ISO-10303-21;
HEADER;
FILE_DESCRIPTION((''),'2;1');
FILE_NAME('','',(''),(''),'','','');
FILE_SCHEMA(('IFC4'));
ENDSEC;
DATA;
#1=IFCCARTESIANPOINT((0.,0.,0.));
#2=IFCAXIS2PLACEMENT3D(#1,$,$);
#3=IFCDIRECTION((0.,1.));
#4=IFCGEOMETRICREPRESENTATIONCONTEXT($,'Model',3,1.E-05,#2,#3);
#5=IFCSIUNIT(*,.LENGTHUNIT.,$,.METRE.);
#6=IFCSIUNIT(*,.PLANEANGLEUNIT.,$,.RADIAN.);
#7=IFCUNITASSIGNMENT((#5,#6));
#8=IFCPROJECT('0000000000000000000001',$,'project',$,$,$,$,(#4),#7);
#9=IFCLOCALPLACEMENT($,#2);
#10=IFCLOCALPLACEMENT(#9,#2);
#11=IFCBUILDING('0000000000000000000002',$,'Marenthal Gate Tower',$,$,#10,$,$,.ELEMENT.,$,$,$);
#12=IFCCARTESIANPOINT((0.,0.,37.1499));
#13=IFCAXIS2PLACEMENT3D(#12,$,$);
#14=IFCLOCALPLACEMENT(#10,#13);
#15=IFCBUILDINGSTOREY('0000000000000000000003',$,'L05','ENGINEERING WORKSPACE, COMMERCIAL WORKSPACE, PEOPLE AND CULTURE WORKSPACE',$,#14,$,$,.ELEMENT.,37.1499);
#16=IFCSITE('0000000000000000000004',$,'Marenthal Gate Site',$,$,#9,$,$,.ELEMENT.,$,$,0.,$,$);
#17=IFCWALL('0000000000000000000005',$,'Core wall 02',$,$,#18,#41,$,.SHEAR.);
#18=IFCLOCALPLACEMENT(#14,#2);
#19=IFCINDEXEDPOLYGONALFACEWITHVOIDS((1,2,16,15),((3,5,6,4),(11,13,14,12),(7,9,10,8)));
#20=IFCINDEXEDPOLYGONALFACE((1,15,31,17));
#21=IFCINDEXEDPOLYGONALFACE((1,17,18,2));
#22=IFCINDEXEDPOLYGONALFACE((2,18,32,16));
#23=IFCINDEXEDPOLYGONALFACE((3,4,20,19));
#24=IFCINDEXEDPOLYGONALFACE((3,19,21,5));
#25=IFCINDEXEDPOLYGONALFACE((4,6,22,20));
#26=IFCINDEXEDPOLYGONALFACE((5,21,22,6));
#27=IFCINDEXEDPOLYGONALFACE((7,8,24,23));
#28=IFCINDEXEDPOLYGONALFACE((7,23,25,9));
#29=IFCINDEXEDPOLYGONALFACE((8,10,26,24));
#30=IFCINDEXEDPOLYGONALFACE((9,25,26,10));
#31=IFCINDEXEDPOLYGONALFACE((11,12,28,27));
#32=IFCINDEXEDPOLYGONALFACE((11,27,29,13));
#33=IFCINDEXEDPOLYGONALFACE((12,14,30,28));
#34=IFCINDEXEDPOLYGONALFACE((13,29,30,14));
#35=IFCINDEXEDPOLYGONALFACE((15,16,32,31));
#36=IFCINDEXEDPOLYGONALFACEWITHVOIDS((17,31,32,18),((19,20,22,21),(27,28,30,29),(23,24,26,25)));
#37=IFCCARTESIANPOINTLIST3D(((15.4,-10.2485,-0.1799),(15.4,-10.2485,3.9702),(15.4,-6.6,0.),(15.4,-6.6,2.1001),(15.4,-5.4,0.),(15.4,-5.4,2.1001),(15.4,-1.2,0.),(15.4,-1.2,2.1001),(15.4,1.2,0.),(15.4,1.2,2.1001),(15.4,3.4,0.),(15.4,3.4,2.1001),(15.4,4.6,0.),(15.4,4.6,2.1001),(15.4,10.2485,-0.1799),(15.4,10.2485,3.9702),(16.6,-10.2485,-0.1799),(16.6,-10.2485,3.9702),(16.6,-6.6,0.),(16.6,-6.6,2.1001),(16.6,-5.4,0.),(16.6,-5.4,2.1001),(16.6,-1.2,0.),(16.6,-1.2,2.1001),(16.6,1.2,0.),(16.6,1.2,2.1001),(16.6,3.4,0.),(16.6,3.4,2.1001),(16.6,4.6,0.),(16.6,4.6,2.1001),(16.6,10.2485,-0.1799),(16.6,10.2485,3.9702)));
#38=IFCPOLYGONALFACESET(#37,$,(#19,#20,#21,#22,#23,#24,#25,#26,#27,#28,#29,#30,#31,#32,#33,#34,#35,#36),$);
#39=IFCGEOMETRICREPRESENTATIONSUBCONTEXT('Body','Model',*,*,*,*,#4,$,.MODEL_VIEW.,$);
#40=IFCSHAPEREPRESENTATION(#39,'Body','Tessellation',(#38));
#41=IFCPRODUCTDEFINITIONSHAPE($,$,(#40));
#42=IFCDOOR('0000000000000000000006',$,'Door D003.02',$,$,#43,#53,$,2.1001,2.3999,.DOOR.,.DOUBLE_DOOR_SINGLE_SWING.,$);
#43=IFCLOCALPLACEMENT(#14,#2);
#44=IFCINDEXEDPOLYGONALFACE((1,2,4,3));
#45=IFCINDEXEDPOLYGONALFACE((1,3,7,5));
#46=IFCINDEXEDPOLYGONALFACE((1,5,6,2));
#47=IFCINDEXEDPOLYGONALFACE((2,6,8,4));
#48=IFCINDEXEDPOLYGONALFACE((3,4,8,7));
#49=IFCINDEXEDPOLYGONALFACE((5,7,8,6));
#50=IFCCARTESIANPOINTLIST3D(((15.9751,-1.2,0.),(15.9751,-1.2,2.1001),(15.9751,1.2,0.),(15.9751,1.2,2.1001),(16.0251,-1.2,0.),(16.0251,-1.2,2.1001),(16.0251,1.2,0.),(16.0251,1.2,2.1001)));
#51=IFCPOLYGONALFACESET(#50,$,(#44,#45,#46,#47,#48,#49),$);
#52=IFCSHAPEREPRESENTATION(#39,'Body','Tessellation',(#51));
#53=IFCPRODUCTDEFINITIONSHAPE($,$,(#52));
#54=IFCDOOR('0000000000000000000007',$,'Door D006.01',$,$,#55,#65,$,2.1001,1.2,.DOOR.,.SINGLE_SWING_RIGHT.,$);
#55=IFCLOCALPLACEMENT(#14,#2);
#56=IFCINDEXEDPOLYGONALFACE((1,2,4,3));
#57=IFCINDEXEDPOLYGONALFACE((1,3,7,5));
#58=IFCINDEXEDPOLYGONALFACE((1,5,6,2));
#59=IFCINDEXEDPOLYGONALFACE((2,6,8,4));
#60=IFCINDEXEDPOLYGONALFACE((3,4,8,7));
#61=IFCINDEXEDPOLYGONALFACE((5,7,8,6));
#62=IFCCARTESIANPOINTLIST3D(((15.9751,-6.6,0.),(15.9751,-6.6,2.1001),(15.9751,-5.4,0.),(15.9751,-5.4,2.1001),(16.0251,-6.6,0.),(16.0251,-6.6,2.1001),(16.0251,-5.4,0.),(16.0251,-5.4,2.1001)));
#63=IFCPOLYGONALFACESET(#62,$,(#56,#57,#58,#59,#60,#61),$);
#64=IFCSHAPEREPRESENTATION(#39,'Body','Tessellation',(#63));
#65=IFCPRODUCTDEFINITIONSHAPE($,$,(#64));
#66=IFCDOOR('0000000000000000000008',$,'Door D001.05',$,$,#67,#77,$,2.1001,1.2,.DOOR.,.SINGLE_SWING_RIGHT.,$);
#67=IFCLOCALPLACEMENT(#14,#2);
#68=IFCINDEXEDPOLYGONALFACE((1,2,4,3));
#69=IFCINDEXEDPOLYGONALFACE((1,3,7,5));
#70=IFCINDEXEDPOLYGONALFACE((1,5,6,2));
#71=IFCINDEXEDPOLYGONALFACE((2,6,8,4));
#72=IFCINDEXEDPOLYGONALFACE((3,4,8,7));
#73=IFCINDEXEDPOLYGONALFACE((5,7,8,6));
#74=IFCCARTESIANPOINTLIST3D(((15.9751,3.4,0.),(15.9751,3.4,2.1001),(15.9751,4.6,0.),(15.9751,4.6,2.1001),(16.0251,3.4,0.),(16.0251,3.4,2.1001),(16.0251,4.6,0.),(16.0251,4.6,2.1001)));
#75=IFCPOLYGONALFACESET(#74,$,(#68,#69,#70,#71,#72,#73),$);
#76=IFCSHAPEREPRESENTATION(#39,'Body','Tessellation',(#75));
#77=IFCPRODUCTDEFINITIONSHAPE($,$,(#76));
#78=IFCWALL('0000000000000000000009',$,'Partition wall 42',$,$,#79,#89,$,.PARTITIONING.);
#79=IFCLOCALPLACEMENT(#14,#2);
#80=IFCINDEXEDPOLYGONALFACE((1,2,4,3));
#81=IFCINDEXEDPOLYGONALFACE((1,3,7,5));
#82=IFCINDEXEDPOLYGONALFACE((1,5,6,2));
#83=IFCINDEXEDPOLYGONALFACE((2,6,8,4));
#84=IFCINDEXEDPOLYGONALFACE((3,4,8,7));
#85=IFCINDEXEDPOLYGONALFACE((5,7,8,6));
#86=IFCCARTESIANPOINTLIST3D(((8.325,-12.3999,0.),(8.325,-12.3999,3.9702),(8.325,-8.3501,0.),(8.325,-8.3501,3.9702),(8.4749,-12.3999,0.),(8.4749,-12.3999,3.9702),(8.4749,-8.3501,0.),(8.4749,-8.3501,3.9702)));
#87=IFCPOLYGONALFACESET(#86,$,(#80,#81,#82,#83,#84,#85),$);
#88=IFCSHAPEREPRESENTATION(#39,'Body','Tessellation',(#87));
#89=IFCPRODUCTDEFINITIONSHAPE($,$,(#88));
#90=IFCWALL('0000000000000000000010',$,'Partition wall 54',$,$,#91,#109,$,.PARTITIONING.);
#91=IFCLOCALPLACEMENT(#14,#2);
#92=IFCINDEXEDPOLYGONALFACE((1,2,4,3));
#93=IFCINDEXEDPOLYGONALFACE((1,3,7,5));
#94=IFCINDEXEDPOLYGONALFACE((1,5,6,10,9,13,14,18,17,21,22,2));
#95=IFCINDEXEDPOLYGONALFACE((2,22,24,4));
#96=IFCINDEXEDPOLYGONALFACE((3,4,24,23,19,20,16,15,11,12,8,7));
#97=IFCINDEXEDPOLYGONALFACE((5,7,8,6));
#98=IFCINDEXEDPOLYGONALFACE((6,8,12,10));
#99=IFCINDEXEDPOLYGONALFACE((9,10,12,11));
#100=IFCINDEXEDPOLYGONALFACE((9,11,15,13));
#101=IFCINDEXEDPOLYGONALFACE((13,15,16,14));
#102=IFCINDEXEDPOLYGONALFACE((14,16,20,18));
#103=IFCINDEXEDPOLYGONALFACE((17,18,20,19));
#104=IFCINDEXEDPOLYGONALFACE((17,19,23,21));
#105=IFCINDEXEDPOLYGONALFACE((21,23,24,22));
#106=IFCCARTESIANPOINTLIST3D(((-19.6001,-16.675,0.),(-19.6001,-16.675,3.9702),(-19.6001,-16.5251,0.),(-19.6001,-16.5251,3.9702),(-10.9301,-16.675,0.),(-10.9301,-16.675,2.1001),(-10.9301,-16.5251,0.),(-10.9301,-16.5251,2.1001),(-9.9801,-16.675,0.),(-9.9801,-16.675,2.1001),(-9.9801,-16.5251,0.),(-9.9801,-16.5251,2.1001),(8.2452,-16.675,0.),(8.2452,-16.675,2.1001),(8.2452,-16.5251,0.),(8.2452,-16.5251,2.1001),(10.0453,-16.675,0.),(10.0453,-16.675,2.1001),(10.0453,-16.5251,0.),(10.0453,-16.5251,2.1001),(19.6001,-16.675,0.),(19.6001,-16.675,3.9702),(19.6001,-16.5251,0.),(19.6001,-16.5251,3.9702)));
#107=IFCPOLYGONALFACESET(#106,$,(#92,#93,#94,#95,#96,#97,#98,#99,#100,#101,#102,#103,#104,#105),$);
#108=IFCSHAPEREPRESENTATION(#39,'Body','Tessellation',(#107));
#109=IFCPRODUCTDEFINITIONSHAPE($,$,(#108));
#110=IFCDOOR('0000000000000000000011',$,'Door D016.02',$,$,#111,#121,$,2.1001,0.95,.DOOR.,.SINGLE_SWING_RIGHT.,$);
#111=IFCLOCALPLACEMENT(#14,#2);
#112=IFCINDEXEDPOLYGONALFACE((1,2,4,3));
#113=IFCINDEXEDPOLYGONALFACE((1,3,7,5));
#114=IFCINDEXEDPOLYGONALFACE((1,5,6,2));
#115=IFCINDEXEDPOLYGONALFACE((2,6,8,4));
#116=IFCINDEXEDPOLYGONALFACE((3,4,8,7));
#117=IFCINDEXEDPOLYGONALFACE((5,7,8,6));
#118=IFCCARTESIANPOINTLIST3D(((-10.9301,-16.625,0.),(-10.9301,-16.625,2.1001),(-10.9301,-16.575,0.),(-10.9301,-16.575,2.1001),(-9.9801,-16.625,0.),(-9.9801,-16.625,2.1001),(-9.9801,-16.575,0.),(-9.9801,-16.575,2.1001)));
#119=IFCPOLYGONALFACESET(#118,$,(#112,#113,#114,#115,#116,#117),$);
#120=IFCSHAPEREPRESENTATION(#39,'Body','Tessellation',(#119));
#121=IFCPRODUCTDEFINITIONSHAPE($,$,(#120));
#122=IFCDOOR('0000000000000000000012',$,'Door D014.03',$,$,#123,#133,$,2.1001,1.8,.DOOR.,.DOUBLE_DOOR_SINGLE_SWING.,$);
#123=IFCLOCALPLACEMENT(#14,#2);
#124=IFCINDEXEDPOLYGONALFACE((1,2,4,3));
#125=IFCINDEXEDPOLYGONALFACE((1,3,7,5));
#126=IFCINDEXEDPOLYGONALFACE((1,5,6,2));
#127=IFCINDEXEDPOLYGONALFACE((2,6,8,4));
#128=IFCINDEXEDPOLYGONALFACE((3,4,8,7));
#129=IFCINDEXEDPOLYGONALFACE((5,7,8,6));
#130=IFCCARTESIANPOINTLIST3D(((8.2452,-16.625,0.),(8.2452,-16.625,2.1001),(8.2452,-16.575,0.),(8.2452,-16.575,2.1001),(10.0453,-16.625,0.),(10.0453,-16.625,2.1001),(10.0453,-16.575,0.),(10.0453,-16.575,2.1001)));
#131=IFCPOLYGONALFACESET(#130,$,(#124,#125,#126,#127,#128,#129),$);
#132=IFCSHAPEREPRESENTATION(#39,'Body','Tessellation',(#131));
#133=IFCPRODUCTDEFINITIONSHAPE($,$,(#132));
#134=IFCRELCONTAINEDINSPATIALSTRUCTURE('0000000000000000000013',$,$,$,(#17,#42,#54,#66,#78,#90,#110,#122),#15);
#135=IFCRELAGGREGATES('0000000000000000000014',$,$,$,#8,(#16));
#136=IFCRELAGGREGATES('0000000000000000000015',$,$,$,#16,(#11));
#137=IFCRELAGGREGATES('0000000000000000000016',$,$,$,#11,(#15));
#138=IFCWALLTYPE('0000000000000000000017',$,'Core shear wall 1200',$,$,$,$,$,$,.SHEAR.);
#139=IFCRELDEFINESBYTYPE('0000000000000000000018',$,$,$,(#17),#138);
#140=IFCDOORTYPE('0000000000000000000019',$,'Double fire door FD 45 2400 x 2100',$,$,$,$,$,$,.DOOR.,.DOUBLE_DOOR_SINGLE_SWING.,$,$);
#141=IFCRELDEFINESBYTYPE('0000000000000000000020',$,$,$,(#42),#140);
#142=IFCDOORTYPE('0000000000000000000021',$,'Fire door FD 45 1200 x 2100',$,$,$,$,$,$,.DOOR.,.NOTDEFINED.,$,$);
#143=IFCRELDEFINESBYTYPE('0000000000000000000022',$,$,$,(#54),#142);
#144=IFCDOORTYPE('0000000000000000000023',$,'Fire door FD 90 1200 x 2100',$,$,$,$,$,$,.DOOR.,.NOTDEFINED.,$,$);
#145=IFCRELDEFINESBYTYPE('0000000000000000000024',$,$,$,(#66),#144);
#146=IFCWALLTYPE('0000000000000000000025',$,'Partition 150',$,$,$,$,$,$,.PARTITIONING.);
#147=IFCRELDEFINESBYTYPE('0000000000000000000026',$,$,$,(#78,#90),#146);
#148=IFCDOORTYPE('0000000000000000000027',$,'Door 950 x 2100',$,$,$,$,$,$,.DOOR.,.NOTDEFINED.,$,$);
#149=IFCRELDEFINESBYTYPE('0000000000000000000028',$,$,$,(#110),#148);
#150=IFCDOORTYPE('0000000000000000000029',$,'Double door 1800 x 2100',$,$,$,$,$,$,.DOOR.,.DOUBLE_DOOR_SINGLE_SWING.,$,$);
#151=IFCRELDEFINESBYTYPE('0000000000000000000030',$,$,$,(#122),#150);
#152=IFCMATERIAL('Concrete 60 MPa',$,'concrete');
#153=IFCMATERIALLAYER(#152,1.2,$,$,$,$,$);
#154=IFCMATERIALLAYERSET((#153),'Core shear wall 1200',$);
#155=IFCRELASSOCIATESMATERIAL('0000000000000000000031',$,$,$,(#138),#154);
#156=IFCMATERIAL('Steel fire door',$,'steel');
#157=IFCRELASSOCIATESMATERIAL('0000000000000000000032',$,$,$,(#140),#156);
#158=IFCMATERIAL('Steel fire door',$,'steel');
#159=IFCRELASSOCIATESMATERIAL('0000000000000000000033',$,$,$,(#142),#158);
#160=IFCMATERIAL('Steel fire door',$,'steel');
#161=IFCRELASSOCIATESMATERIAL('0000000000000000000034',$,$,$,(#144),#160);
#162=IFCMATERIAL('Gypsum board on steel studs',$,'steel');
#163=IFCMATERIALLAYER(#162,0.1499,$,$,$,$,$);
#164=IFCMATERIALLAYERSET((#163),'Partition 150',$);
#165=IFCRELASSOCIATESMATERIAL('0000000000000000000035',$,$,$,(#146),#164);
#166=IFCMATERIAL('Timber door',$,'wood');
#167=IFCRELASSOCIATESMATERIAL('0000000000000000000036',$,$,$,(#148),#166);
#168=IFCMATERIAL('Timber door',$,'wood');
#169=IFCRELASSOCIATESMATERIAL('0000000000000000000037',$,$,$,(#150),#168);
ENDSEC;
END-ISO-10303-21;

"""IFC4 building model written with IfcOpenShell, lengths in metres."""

from ifc_helpers import new_model, si_unit, direction, frame, frame_2d, origin, place, context, subcontext, project, spatial, rectangle, extrude, material, layer, layer_set, type_object, element, fill, save


model = new_model("IFC4")

# Units and contexts
model_context = context("Model", 3, precision=1e-05, world=origin(), true_north=direction((0.0, 1.0)))
body_context = subcontext(model_context, "Body", "Model", "MODEL_VIEW")
ifc_project = project(units=[si_unit("LENGTHUNIT", "METRE"), si_unit("PLANEANGLEUNIT", "RADIAN")], contexts=[model_context])

# Site, building, storey
site_placement = place(None, origin())
site = spatial("IfcSite", under=ifc_project, at=site_placement, Name="Marenthal Gate Site", CompositionType="ELEMENT", RefElevation=0.0)
building_placement = place(site_placement, origin())
building = spatial("IfcBuilding", under=site, at=building_placement, Name="Marenthal Gate Tower", CompositionType="ELEMENT")
storey_placement = place(building_placement, frame((0.0, 0.0, 37.1499)))
storey = spatial("IfcBuildingStorey", under=building, at=storey_placement, Name="L05", Description="ENGINEERING WORKSPACE, COMMERCIAL WORKSPACE, PEOPLE AND CULTURE WORKSPACE", CompositionType="ELEMENT", Elevation=37.1499)

# Shared definitions
ifc_material_1 = material(Name="Concrete 60 MPa", Category="concrete")
ifc_layer_1 = layer(ifc_material_1, 1.2)
ifc_layer_set_1 = layer_set([ifc_layer_1], Name="Core shear wall 1200")
wall_type_1 = type_object("IfcWallType", Name="Core shear wall 1200", PredefinedType="SHEAR", material=ifc_layer_set_1)

# Wall, openings, doors
wall_1_placement = place(storey_placement, frame((16.0, -10.2485, -0.1799), z_axis=(0.0, 0.0, 1.0), x_axis=(0.0, 1.0, 0.0)))
wall_1 = element("IfcWall", 1, at=wall_1_placement, inside=storey, type_object=wall_type_1, Name="Core wall 02", PredefinedType="SHEAR", context=body_context, shape_type="SweptSolid", body=[
    extrude(rectangle(XDim=20.4971, YDim=1.2, at=frame_2d((10.2485, 0.0))), origin(), (0.0, 0.0, 1.0), 4.1501),
])
opening_1_placement = place(wall_1_placement, frame((9.0486, 0.0, 0.1799)))
opening_1 = element("IfcOpeningElement", 2, at=opening_1_placement, cuts=wall_1, PredefinedType="OPENING", context=body_context, shape_type="SweptSolid", body=[
    extrude(rectangle(XDim=2.3999, YDim=2.1001, at=frame_2d((1.2, 1.05))), frame((0.0, 0.6099, 0.0), z_axis=(0.0, -1.0, 0.0), x_axis=(1.0, 0.0, 0.0)), (0.0, 0.0, 1.0), 1.22),
])
opening_2_placement = place(wall_1_placement, frame((13.6484, 0.0, 0.1799)))
opening_2 = element("IfcOpeningElement", 3, at=opening_2_placement, cuts=wall_1, PredefinedType="OPENING", context=body_context, shape_type="SweptSolid", body=[
    extrude(rectangle(XDim=1.2, YDim=2.1001, at=frame_2d((0.6001, 1.05))), frame((0.0, 0.6099, 0.0), z_axis=(0.0, -1.0, 0.0), x_axis=(1.0, 0.0, 0.0)), (0.0, 0.0, 1.0), 1.22),
])
opening_3_placement = place(wall_1_placement, frame((3.6484, 0.0, 0.1799)))
opening_3 = element("IfcOpeningElement", 4, at=opening_3_placement, cuts=wall_1, PredefinedType="OPENING", context=body_context, shape_type="SweptSolid", body=[
    extrude(rectangle(XDim=1.2, YDim=2.1001, at=frame_2d((0.6001, 1.05))), frame((0.0, 0.6099, 0.0), z_axis=(0.0, -1.0, 0.0), x_axis=(1.0, 0.0, 0.0)), (0.0, 0.0, 1.0), 1.22),
])
ifc_material_2 = material(Name="Steel fire door", Category="steel")
door_type_1 = type_object("IfcDoorType", Name="Double fire door FD 45 2400 x 2100", OperationType="DOUBLE_DOOR_SINGLE_SWING", PredefinedType="DOOR", material=ifc_material_2)
door_1_placement = place(opening_1_placement, origin())
door_1 = element("IfcDoor", 5, at=door_1_placement, inside=storey, type_object=door_type_1, Name="Door D003.02", OperationType="DOUBLE_DOOR_SINGLE_SWING", OverallHeight=2.1001, OverallWidth=2.3999, PredefinedType="DOOR", context=body_context, shape_type="SweptSolid", body=[
    extrude(rectangle(XDim=2.3999, YDim=2.1001, at=frame_2d((1.2, 1.05))), frame((0.0, 0.0249, 0.0), z_axis=(0.0, -1.0, 0.0), x_axis=(1.0, 0.0, 0.0)), (0.0, 0.0, 1.0), 0.05),
])
fill(opening_1, door_1)
ifc_material_3 = material(Name="Steel fire door", Category="steel")
door_type_2 = type_object("IfcDoorType", Name="Fire door FD 45 1200 x 2100", OperationType="NOTDEFINED", PredefinedType="DOOR", material=ifc_material_3)
door_2_placement = place(opening_3_placement, origin())
door_2 = element("IfcDoor", 6, at=door_2_placement, inside=storey, type_object=door_type_2, Name="Door D006.01", OperationType="SINGLE_SWING_RIGHT", OverallHeight=2.1001, OverallWidth=1.2, PredefinedType="DOOR", context=body_context, shape_type="SweptSolid", body=[
    extrude(rectangle(XDim=1.2, YDim=2.1001, at=frame_2d((0.6001, 1.05))), frame((0.0, 0.0249, 0.0), z_axis=(0.0, -1.0, 0.0), x_axis=(1.0, 0.0, 0.0)), (0.0, 0.0, 1.0), 0.05),
])
fill(opening_3, door_2)
ifc_material_4 = material(Name="Steel fire door", Category="steel")
door_type_3 = type_object("IfcDoorType", Name="Fire door FD 90 1200 x 2100", OperationType="NOTDEFINED", PredefinedType="DOOR", material=ifc_material_4)
door_3_placement = place(opening_2_placement, origin())
door_3 = element("IfcDoor", 7, at=door_3_placement, inside=storey, type_object=door_type_3, Name="Door D001.05", OperationType="SINGLE_SWING_RIGHT", OverallHeight=2.1001, OverallWidth=1.2, PredefinedType="DOOR", context=body_context, shape_type="SweptSolid", body=[
    extrude(rectangle(XDim=1.2, YDim=2.1001, at=frame_2d((0.6001, 1.05))), frame((0.0, 0.0249, 0.0), z_axis=(0.0, -1.0, 0.0), x_axis=(1.0, 0.0, 0.0)), (0.0, 0.0, 1.0), 0.05),
])
fill(opening_2, door_3)

# Wall
ifc_material_5 = material(Name="Gypsum board on steel studs", Category="steel")
ifc_layer_2 = layer(ifc_material_5, 0.1499)
ifc_layer_set_2 = layer_set([ifc_layer_2], Name="Partition 150")
wall_type_2 = type_object("IfcWallType", Name="Partition 150", PredefinedType="PARTITIONING", material=ifc_layer_set_2)
wall_2_placement = place(storey_placement, frame((8.3999, -12.3999, 0.0), z_axis=(0.0, 0.0, 1.0), x_axis=(0.0, 1.0, 0.0)))
element("IfcWall", 8, at=wall_2_placement, inside=storey, type_object=wall_type_2, Name="Partition wall 42", PredefinedType="PARTITIONING", context=body_context, shape_type="SweptSolid", body=[
    extrude(rectangle(XDim=4.0498, YDim=0.1499, at=frame_2d((2.0249, 0.0))), origin(), (0.0, 0.0, 1.0), 3.9702),
])

# Wall, openings, doors
wall_3_placement = place(storey_placement, frame((19.6001, -16.6001, 0.0), z_axis=(0.0, 0.0, 1.0), x_axis=(-1.0, 0.0, 0.0)))
wall_3 = element("IfcWall", 9, at=wall_3_placement, inside=storey, type_object=wall_type_2, Name="Partition wall 54", PredefinedType="PARTITIONING", context=body_context, shape_type="SweptSolid", body=[
    extrude(rectangle(XDim=39.2002, YDim=0.1499, at=frame_2d((19.6001, 0.0))), origin(), (0.0, 0.0, 1.0), 3.9702),
])
opening_4_placement = place(wall_3_placement, frame((29.5801, 0.0, 0.0)))
opening_4 = element("IfcOpeningElement", 10, at=opening_4_placement, cuts=wall_3, PredefinedType="OPENING", context=body_context, shape_type="SweptSolid", body=[
    extrude(rectangle(XDim=0.95, YDim=2.1001, at=frame_2d((0.4751, 1.05))), frame((0.0, 0.085, 0.0), z_axis=(0.0, -1.0, 0.0), x_axis=(1.0, 0.0, 0.0)), (0.0, 0.0, 1.0), 0.1699),
])
opening_5_placement = place(wall_3_placement, frame((9.5549, 0.0, 0.0)))
opening_5 = element("IfcOpeningElement", 11, at=opening_5_placement, cuts=wall_3, PredefinedType="OPENING", context=body_context, shape_type="SweptSolid", body=[
    extrude(rectangle(XDim=1.8, YDim=2.1001, at=frame_2d((0.8999, 1.05))), frame((0.0, 0.085, 0.0), z_axis=(0.0, -1.0, 0.0), x_axis=(1.0, 0.0, 0.0)), (0.0, 0.0, 1.0), 0.1699),
])
ifc_material_6 = material(Name="Timber door", Category="wood")
door_type_4 = type_object("IfcDoorType", Name="Door 950 x 2100", OperationType="NOTDEFINED", PredefinedType="DOOR", material=ifc_material_6)
door_4_placement = place(opening_4_placement, origin())
door_4 = element("IfcDoor", 12, at=door_4_placement, inside=storey, type_object=door_type_4, Name="Door D016.02", OperationType="SINGLE_SWING_RIGHT", OverallHeight=2.1001, OverallWidth=0.95, PredefinedType="DOOR", context=body_context, shape_type="SweptSolid", body=[
    extrude(rectangle(XDim=0.95, YDim=2.1001, at=frame_2d((0.4751, 1.05))), frame((0.0, 0.0249, 0.0), z_axis=(0.0, -1.0, 0.0), x_axis=(1.0, 0.0, 0.0)), (0.0, 0.0, 1.0), 0.05),
])
fill(opening_4, door_4)
ifc_material_7 = material(Name="Timber door", Category="wood")
door_type_5 = type_object("IfcDoorType", Name="Double door 1800 x 2100", OperationType="DOUBLE_DOOR_SINGLE_SWING", PredefinedType="DOOR", material=ifc_material_7)
door_5_placement = place(opening_5_placement, origin())
door_5 = element("IfcDoor", 13, at=door_5_placement, inside=storey, type_object=door_type_5, Name="Door D014.03", OperationType="DOUBLE_DOOR_SINGLE_SWING", OverallHeight=2.1001, OverallWidth=1.8, PredefinedType="DOOR", context=body_context, shape_type="SweptSolid", body=[
    extrude(rectangle(XDim=1.8, YDim=2.1001, at=frame_2d((0.8999, 1.05))), frame((0.0, 0.0249, 0.0), z_axis=(0.0, -1.0, 0.0), x_axis=(1.0, 0.0, 0.0)), (0.0, 0.0, 1.0), 0.05),
])
fill(opening_5, door_5)

save(model, "model.ifc")
